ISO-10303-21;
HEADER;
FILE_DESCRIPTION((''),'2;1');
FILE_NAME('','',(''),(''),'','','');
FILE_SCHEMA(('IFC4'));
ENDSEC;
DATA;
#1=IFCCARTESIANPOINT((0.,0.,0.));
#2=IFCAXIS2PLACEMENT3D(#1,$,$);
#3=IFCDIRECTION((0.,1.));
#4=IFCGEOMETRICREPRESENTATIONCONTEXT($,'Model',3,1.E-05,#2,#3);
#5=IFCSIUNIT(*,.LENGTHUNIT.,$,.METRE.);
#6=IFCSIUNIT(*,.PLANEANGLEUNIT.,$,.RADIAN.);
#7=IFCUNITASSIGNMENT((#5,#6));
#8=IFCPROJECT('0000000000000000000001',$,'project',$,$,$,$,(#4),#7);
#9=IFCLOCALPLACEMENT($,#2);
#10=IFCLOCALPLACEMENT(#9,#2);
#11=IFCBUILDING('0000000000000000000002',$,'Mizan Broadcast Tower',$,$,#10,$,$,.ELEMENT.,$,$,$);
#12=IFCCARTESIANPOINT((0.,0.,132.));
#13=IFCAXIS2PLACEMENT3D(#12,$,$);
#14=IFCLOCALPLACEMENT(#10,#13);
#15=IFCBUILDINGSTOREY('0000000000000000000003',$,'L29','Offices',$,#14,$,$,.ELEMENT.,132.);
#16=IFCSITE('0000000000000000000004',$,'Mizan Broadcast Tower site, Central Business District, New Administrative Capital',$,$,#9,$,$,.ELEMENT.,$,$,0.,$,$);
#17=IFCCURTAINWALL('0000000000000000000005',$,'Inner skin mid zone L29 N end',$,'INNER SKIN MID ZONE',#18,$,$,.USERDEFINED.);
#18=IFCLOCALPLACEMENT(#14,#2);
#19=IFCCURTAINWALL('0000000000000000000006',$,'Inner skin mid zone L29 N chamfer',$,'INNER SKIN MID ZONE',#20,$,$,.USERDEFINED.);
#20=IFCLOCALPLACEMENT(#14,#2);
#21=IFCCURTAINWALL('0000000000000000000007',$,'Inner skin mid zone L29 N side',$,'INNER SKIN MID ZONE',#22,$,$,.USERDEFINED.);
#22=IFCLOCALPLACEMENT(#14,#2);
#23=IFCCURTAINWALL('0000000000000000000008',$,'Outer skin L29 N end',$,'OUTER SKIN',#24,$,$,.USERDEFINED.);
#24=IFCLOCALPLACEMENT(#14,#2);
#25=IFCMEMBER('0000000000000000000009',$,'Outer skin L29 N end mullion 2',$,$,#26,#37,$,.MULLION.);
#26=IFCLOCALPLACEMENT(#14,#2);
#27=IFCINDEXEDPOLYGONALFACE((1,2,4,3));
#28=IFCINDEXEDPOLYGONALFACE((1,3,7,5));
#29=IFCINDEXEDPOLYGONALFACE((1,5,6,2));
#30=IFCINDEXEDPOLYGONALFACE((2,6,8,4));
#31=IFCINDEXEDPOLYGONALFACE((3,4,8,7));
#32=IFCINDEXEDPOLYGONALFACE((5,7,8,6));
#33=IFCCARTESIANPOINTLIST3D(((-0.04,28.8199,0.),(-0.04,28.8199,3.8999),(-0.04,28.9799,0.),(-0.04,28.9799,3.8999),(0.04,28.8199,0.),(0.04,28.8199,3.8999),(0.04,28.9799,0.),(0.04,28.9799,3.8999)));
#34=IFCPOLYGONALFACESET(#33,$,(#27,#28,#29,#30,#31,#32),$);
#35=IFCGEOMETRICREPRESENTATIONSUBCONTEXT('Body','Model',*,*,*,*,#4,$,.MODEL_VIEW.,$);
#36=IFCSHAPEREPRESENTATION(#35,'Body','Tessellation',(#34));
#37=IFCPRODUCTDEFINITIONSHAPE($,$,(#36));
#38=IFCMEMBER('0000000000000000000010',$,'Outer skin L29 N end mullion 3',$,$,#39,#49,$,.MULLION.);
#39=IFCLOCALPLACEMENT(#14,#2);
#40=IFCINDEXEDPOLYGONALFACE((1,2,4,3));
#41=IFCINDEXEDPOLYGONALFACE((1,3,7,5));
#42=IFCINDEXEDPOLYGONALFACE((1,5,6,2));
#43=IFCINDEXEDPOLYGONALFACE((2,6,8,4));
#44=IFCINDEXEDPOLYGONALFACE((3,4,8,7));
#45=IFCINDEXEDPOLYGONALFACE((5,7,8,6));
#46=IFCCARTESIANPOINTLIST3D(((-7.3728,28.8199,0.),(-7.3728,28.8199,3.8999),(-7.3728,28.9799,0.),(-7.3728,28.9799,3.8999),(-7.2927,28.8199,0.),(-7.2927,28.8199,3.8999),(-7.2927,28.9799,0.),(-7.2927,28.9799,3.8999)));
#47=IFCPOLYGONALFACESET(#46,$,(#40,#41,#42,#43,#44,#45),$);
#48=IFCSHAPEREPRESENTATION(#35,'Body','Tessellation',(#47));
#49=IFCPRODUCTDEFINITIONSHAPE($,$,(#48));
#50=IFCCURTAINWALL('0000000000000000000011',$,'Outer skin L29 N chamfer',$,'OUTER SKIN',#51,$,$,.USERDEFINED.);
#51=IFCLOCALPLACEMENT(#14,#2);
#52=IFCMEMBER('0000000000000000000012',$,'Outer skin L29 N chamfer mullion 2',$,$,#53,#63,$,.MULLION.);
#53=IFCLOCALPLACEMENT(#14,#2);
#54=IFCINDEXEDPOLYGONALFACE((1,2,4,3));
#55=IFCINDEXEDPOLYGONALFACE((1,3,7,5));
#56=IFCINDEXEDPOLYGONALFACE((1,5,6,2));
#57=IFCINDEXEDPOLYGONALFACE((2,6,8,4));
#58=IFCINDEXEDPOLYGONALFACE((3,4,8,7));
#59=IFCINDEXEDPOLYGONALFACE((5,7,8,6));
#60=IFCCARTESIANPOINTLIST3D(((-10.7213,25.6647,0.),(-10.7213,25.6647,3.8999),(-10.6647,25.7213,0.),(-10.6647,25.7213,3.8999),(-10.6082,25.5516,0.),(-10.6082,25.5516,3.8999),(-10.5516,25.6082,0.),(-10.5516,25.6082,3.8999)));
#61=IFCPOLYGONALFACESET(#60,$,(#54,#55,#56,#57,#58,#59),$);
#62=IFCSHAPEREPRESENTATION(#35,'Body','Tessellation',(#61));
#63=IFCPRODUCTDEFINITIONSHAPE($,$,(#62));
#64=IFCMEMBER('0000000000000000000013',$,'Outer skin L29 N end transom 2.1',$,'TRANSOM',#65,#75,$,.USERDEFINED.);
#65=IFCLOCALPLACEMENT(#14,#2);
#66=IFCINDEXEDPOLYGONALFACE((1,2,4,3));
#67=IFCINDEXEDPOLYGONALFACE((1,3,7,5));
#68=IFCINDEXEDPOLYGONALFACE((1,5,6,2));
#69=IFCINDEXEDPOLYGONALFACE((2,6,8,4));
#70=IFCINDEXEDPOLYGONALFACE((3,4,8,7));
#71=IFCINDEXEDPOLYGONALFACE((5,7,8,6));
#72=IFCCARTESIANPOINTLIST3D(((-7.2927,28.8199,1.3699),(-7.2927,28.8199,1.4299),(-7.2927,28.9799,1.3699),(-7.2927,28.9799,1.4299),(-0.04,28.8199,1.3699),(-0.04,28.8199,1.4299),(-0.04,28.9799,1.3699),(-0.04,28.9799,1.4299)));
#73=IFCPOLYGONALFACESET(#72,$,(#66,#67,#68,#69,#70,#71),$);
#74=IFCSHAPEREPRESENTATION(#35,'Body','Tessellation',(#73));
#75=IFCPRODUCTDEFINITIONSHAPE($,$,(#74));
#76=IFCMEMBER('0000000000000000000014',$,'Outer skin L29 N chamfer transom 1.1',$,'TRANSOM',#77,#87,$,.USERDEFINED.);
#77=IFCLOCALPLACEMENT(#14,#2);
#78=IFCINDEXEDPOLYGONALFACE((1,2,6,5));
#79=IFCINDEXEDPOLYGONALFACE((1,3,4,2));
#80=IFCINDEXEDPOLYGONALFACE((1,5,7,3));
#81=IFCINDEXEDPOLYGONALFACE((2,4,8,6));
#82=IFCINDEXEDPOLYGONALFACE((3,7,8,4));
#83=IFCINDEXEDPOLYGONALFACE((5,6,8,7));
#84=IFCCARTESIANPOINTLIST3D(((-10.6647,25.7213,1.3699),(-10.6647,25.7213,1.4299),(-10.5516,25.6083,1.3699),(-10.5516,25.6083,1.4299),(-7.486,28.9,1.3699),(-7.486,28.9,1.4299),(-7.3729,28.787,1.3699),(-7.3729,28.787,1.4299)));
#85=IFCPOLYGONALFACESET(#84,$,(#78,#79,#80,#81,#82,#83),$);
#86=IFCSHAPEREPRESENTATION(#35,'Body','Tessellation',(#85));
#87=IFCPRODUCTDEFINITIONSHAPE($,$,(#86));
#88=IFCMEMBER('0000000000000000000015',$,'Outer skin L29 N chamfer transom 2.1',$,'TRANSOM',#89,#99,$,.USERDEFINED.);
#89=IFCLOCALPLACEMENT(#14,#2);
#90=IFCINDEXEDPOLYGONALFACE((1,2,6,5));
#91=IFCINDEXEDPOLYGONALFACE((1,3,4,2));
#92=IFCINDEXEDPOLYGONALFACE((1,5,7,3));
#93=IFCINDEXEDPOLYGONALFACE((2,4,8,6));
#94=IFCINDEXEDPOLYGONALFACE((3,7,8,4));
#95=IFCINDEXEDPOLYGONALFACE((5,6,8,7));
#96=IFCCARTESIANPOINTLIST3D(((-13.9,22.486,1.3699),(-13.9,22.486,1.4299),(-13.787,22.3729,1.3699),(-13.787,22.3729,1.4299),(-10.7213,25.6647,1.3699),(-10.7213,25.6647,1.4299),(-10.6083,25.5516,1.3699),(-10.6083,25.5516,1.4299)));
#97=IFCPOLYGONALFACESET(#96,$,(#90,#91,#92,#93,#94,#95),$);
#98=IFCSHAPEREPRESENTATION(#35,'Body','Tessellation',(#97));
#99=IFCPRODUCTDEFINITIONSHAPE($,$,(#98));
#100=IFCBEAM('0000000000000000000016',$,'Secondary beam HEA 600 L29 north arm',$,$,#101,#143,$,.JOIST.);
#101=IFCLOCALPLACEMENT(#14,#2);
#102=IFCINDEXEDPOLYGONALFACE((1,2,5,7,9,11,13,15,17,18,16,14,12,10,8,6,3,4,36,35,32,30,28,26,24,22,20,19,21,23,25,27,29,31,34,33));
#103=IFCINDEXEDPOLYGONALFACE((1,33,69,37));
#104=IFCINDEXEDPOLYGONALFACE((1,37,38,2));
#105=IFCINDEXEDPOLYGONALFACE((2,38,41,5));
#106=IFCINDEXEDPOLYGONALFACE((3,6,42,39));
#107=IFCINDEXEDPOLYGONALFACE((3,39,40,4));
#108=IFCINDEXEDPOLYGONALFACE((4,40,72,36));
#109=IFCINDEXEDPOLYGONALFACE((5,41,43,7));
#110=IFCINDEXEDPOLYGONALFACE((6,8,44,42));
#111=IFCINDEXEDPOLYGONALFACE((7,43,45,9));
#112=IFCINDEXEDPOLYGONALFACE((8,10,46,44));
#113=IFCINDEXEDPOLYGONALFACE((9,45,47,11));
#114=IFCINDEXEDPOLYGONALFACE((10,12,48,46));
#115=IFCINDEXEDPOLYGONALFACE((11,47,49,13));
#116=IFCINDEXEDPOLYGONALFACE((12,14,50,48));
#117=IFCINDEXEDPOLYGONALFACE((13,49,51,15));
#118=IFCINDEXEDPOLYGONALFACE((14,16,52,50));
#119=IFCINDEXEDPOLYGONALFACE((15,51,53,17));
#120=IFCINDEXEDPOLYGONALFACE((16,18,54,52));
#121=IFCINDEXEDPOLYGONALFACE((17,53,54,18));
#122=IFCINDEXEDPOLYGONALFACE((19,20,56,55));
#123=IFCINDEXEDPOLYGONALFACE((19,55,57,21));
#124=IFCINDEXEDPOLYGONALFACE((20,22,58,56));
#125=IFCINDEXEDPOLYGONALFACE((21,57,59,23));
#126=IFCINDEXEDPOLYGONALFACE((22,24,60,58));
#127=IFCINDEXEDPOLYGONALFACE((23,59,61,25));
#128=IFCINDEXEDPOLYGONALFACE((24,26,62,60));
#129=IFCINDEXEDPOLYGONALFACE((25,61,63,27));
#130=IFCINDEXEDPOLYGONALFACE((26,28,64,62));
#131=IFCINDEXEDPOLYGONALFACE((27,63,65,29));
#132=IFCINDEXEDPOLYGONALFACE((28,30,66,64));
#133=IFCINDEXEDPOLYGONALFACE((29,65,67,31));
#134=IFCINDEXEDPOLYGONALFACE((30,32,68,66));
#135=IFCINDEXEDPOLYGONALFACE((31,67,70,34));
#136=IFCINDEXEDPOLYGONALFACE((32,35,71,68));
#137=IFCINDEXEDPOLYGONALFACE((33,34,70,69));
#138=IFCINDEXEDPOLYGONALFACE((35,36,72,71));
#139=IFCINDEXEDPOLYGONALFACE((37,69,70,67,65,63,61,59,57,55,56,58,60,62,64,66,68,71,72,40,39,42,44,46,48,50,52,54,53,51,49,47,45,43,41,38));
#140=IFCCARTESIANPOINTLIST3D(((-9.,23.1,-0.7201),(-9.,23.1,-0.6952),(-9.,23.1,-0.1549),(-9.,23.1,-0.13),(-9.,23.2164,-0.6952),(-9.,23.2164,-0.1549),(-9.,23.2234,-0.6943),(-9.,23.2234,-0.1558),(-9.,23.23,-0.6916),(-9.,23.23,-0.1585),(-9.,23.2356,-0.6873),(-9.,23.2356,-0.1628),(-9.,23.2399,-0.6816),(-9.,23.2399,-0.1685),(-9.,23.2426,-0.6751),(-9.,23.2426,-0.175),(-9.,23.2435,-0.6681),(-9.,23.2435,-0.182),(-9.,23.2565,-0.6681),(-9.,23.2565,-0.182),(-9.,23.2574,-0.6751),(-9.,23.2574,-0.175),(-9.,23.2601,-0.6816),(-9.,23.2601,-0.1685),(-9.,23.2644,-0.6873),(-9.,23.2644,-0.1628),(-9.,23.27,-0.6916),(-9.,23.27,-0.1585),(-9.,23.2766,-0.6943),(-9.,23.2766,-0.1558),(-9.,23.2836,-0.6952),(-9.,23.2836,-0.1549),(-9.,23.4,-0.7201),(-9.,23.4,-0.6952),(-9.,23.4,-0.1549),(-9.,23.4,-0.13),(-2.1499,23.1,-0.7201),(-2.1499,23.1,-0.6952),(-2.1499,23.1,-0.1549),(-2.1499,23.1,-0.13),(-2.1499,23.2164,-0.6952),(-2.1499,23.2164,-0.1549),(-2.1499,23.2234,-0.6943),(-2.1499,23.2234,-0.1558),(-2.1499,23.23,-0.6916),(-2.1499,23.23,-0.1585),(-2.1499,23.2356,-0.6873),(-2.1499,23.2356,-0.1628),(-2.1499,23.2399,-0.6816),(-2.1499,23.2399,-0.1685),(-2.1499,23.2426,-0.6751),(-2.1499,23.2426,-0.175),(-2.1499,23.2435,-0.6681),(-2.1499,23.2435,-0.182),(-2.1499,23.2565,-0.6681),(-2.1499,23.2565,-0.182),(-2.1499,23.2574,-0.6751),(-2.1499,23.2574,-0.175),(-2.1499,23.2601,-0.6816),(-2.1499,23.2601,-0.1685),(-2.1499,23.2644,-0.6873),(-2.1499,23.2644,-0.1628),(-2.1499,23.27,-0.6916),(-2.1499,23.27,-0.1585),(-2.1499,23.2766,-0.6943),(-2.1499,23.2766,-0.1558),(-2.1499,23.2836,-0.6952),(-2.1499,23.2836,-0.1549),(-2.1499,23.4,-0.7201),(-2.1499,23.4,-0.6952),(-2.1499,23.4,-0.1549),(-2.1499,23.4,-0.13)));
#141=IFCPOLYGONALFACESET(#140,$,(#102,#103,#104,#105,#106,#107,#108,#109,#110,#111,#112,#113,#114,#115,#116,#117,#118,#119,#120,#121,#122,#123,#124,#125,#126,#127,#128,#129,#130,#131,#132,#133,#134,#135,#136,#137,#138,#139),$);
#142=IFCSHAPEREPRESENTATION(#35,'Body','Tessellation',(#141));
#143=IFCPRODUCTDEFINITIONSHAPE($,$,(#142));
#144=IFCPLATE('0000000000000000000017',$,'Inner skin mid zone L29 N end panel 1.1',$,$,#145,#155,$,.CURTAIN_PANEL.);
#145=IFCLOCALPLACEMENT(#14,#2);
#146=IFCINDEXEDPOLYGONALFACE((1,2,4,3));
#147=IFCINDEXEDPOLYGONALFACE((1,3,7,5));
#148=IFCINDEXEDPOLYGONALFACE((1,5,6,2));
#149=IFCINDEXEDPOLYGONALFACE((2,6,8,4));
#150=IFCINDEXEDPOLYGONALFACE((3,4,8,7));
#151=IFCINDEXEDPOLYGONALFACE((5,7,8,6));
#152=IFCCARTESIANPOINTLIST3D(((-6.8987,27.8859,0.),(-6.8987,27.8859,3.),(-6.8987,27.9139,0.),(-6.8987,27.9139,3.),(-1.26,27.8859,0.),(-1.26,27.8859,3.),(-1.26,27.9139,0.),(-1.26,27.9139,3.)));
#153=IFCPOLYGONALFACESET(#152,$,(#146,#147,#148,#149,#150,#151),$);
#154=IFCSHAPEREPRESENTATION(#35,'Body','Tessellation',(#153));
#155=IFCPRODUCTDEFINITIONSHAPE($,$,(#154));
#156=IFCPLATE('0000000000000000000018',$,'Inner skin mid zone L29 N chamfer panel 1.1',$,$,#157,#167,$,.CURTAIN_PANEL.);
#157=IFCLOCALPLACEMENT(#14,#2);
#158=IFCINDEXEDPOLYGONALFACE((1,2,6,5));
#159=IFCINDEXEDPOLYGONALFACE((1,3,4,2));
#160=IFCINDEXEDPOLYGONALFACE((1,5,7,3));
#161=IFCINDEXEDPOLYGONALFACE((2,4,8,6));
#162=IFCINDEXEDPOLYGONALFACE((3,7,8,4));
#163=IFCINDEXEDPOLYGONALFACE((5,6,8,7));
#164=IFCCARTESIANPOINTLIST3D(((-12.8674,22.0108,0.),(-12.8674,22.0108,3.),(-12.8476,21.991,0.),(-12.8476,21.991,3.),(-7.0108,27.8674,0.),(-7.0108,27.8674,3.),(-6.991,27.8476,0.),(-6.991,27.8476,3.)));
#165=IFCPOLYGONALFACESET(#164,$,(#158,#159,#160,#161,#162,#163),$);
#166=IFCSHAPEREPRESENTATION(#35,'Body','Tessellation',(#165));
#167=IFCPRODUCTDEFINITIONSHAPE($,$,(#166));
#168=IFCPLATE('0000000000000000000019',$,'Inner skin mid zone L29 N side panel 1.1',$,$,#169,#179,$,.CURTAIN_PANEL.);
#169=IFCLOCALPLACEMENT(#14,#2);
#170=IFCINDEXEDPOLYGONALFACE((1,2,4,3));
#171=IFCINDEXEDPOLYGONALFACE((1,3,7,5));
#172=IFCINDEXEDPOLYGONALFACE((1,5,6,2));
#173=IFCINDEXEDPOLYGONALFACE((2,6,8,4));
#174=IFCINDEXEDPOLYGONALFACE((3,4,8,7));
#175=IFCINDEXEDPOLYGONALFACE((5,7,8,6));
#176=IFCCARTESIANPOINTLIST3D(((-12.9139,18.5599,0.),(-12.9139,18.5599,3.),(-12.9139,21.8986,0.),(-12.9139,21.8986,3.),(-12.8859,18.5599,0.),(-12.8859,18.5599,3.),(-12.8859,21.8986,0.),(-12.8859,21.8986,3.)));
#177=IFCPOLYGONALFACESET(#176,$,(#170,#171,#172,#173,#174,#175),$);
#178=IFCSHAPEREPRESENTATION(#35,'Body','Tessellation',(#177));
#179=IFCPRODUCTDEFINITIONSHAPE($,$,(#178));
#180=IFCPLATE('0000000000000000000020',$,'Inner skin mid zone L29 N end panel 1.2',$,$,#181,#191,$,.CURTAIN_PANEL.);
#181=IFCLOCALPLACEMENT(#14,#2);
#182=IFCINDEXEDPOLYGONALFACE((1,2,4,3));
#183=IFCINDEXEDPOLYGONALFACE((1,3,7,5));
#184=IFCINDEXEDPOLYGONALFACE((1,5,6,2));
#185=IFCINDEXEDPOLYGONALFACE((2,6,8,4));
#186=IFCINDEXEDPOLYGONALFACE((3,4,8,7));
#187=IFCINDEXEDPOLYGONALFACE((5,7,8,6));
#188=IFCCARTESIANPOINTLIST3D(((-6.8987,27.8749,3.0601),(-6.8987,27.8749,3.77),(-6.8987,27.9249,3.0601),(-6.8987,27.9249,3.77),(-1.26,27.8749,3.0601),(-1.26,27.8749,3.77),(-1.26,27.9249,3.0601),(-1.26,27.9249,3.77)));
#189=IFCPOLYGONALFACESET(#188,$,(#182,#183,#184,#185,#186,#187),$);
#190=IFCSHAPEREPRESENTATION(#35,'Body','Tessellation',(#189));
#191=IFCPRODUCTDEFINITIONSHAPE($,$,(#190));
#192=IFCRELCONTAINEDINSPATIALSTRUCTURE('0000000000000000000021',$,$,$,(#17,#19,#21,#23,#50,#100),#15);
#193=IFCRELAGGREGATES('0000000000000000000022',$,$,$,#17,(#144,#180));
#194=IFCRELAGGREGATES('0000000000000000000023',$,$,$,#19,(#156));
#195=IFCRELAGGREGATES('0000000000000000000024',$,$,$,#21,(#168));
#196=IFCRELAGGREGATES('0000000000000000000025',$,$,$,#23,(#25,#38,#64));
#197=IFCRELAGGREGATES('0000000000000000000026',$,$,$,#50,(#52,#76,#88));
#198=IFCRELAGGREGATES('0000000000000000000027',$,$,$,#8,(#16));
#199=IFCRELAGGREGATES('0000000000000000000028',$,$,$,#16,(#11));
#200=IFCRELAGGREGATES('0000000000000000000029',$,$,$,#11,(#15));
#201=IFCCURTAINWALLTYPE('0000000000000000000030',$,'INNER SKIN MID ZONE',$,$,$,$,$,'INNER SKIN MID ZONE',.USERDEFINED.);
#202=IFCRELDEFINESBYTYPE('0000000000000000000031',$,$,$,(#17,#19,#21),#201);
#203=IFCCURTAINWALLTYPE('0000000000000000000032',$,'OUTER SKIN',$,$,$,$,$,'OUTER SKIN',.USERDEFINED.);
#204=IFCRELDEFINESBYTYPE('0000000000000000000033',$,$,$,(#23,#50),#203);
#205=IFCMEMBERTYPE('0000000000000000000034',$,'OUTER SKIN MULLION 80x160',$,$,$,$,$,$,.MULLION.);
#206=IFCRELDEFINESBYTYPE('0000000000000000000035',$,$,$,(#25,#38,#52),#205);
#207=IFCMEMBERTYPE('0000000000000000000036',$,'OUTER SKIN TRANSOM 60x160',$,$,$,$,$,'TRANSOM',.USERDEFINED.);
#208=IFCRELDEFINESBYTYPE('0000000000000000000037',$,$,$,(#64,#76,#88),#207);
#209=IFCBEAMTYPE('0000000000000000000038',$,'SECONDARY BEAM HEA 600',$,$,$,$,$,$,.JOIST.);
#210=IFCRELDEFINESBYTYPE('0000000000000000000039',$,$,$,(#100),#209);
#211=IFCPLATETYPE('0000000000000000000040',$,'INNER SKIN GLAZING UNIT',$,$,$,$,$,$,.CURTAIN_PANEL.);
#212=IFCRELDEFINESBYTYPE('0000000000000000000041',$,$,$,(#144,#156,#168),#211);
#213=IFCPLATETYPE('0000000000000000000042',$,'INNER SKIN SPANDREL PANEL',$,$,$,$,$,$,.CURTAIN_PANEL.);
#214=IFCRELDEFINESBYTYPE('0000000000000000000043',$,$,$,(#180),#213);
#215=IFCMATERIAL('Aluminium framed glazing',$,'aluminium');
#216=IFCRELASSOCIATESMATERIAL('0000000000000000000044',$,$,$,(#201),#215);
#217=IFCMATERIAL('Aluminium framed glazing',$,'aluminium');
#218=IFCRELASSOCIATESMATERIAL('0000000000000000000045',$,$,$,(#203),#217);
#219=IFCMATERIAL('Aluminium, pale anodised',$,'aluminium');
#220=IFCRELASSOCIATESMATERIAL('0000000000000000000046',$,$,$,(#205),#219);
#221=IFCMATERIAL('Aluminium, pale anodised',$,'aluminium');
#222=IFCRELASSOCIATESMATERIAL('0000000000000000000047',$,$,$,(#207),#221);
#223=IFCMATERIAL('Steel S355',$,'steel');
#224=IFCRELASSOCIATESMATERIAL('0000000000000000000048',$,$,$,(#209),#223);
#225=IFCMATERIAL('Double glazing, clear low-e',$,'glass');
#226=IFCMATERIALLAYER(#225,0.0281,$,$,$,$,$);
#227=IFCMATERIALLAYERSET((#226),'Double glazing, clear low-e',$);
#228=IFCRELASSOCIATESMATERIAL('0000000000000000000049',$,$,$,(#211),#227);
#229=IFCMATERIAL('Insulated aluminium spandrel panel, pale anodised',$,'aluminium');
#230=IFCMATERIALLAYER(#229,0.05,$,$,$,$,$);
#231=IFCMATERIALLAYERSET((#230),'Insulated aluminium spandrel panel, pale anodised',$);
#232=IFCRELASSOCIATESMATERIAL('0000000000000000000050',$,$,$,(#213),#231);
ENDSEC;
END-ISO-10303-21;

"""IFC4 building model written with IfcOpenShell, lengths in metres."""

from ifc_helpers import new_model, si_unit, direction, frame, origin, origin_2d, place, context, subcontext, project, spatial, rectangle, i_section, extrude, material, layer, layer_set, material_profile, profile_set, type_object, element, aggregate, save


model = new_model("IFC4")

# Units and contexts
model_context = context("Model", 3, precision=1e-05, world=origin(), true_north=direction((0.0, 1.0)))
body_context = subcontext(model_context, "Body", "Model", "MODEL_VIEW")
ifc_project = project(units=[si_unit("LENGTHUNIT", "METRE"), si_unit("PLANEANGLEUNIT", "RADIAN")], contexts=[model_context])

# Site, building, storey
site_placement = place(None, origin())
site = spatial("IfcSite", under=ifc_project, at=site_placement, Name="Mizan Broadcast Tower site, Central Business District, New Administrative Capital", CompositionType="ELEMENT", RefElevation=0.0)
building_placement = place(site_placement, origin())
building = spatial("IfcBuilding", under=site, at=building_placement, Name="Mizan Broadcast Tower", CompositionType="ELEMENT")
storey_placement = place(building_placement, frame((0.0, 0.0, 132.0)))
storey = spatial("IfcBuildingStorey", under=building, at=storey_placement, Name="L29", Description="Offices", CompositionType="ELEMENT", Elevation=132.0)

# Curtain wall
ifc_material_1 = material(Name="Aluminium framed glazing", Category="aluminium")
curtain_wall_type_1 = type_object("IfcCurtainWallType", Name="INNER SKIN MID ZONE", ElementType="INNER SKIN MID ZONE", PredefinedType="USERDEFINED", material=ifc_material_1)
curtain_wall_1_placement = place(storey_placement, origin())
curtain_wall_1 = element("IfcCurtainWall", 1, at=curtain_wall_1_placement, inside=storey, type_object=curtain_wall_type_1, Name="Inner skin mid zone L29 N end", ObjectType="INNER SKIN MID ZONE", PredefinedType="USERDEFINED")

# Curtain wall
curtain_wall_2_placement = place(storey_placement, origin())
curtain_wall_2 = element("IfcCurtainWall", 2, at=curtain_wall_2_placement, inside=storey, type_object=curtain_wall_type_1, Name="Inner skin mid zone L29 N chamfer", ObjectType="INNER SKIN MID ZONE", PredefinedType="USERDEFINED")

# Curtain wall
curtain_wall_3_placement = place(storey_placement, origin())
curtain_wall_3 = element("IfcCurtainWall", 3, at=curtain_wall_3_placement, inside=storey, type_object=curtain_wall_type_1, Name="Inner skin mid zone L29 N side", ObjectType="INNER SKIN MID ZONE", PredefinedType="USERDEFINED")

# Curtain wall, members
ifc_material_2 = material(Name="Aluminium framed glazing", Category="aluminium")
curtain_wall_type_2 = type_object("IfcCurtainWallType", Name="OUTER SKIN", ElementType="OUTER SKIN", PredefinedType="USERDEFINED", material=ifc_material_2)
curtain_wall_4_placement = place(storey_placement, origin())
curtain_wall_4 = element("IfcCurtainWall", 4, at=curtain_wall_4_placement, inside=storey, type_object=curtain_wall_type_2, Name="Outer skin L29 N end", ObjectType="OUTER SKIN", PredefinedType="USERDEFINED")
ifc_material_3 = material(Name="Aluminium, pale anodised", Category="aluminium")
ifc_material_profile_1 = material_profile(ifc_material_3, rectangle(XDim=0.1599, YDim=0.0801, at=origin_2d()), Name="MULLION 160x80")
ifc_profile_set_1 = profile_set([ifc_material_profile_1], Name="Aluminium, pale anodised")
member_type_1 = type_object("IfcMemberType", Name="OUTER SKIN MULLION 80x160", PredefinedType="MULLION", material=ifc_profile_set_1)
member_1_placement = place(storey_placement, frame((0.0, 28.8999, 0.0), z_axis=(0.0, 0.0, 1.0), x_axis=(0.0, -1.0, 0.0)))
member_1 = element("IfcMember", 5, at=member_1_placement, type_object=member_type_1, Name="Outer skin L29 N end mullion 2", PredefinedType="MULLION", context=body_context, shape_type="SweptSolid", body=[
    extrude(rectangle(XDim=0.1599, YDim=0.0801, at=origin_2d()), origin(), (0.0, 0.0, 1.0), 3.8999),
])
member_2_placement = place(storey_placement, frame((-7.3328, 28.8999, 0.0), z_axis=(0.0, 0.0, 1.0), x_axis=(0.0, -1.0, 0.0)))
member_2 = element("IfcMember", 6, at=member_2_placement, type_object=member_type_1, Name="Outer skin L29 N end mullion 3", PredefinedType="MULLION", context=body_context, shape_type="SweptSolid", body=[
    extrude(rectangle(XDim=0.1599, YDim=0.0801, at=origin_2d()), origin(), (0.0, 0.0, 1.0), 3.8999),
])

# Curtain wall, member
curtain_wall_5_placement = place(storey_placement, origin())
curtain_wall_5 = element("IfcCurtainWall", 7, at=curtain_wall_5_placement, inside=storey, type_object=curtain_wall_type_2, Name="Outer skin L29 N chamfer", ObjectType="OUTER SKIN", PredefinedType="USERDEFINED")
member_3_placement = place(storey_placement, frame((-10.6365, 25.6365, 0.0), z_axis=(0.0, 0.0, 1.0), x_axis=(0.707107, -0.707107, 0.0)))
member_3 = element("IfcMember", 8, at=member_3_placement, type_object=member_type_1, Name="Outer skin L29 N chamfer mullion 2", PredefinedType="MULLION", context=body_context, shape_type="SweptSolid", body=[
    extrude(rectangle(XDim=0.1599, YDim=0.0801, at=origin_2d()), origin(), (0.0, 0.0, 1.0), 3.8999),
])

# Members
ifc_material_4 = material(Name="Aluminium, pale anodised", Category="aluminium")
ifc_material_profile_2 = material_profile(ifc_material_4, rectangle(XDim=0.1599, YDim=0.0601, at=origin_2d()), Name="TRANSOM 160x60")
ifc_profile_set_2 = profile_set([ifc_material_profile_2], Name="Aluminium, pale anodised")
member_type_2 = type_object("IfcMemberType", Name="OUTER SKIN TRANSOM 60x160", ElementType="TRANSOM", PredefinedType="USERDEFINED", material=ifc_profile_set_2)
member_4_placement = place(storey_placement, frame((-0.04, 28.8999, 1.3999), z_axis=(-1.0, 0.0, 0.0), x_axis=(0.0, -1.0, 0.0)))
member_4 = element("IfcMember", 9, at=member_4_placement, type_object=member_type_2, Name="Outer skin L29 N end transom 2.1", ObjectType="TRANSOM", PredefinedType="USERDEFINED", context=body_context, shape_type="SweptSolid", body=[
    extrude(rectangle(XDim=0.1599, YDim=0.0601, at=origin_2d()), origin(), (0.0, 0.0, 1.0), 7.2527),
])
member_5_placement = place(storey_placement, frame((-7.4294, 28.8435, 1.3999), z_axis=(-0.707107, -0.707107, 0.0), x_axis=(0.707107, -0.707107, 0.0)))
member_5 = element("IfcMember", 10, at=member_5_placement, type_object=member_type_2, Name="Outer skin L29 N chamfer transom 1.1", ObjectType="TRANSOM", PredefinedType="USERDEFINED", context=body_context, shape_type="SweptSolid", body=[
    extrude(rectangle(XDim=0.1599, YDim=0.0601, at=origin_2d()), origin(), (0.0, 0.0, 1.0), 4.4954),
])
member_6_placement = place(storey_placement, frame((-10.6648, 25.6082, 1.3999), z_axis=(-0.707107, -0.707107, 0.0), x_axis=(0.707107, -0.707107, 0.0)))
member_6 = element("IfcMember", 11, at=member_6_placement, type_object=member_type_2, Name="Outer skin L29 N chamfer transom 2.1", ObjectType="TRANSOM", PredefinedType="USERDEFINED", context=body_context, shape_type="SweptSolid", body=[
    extrude(rectangle(XDim=0.1599, YDim=0.0601, at=origin_2d()), origin(), (0.0, 0.0, 1.0), 4.4954),
])

# Beam
ifc_material_5 = material(Name="Steel S355", Category="steel")
ifc_material_profile_3 = material_profile(ifc_material_5, i_section(OverallWidth=0.3, OverallDepth=0.5901, WebThickness=0.0129, FlangeThickness=0.0249, FilletRadius=0.0271, at=origin_2d()), Name="HEA 600")
ifc_profile_set_3 = profile_set([ifc_material_profile_3], Name="Steel S355")
beam_type_1 = type_object("IfcBeamType", Name="SECONDARY BEAM HEA 600", PredefinedType="JOIST", material=ifc_profile_set_3)
beam_1_placement = place(storey_placement, frame((-9.0, 23.25, -0.425), z_axis=(1.0, 0.0, 0.0), x_axis=(0.0, 1.0, 0.0)))
element("IfcBeam", 12, at=beam_1_placement, inside=storey, type_object=beam_type_1, Name="Secondary beam HEA 600 L29 north arm", PredefinedType="JOIST", context=body_context, shape_type="SweptSolid", body=[
    extrude(i_section(OverallWidth=0.3, OverallDepth=0.5901, WebThickness=0.0129, FlangeThickness=0.0249, FilletRadius=0.0271, at=origin_2d()), origin(), (0.0, 0.0, 1.0), 6.8501),
])

# Plates
ifc_material_6 = material(Name="Double glazing, clear low-e", Category="glass")
ifc_layer_1 = layer(ifc_material_6, 0.0281)
ifc_layer_set_1 = layer_set([ifc_layer_1], Name="Double glazing, clear low-e")
plate_type_1 = type_object("IfcPlateType", Name="INNER SKIN GLAZING UNIT", PredefinedType="CURTAIN_PANEL", material=ifc_layer_set_1)
plate_1_placement = place(storey_placement, frame((-4.0793, 27.8999, 0.0), z_axis=(0.0, 0.0, 1.0), x_axis=(-1.0, 0.0, 0.0)))
plate_1 = element("IfcPlate", 13, at=plate_1_placement, type_object=plate_type_1, Name="Inner skin mid zone L29 N end panel 1.1", PredefinedType="CURTAIN_PANEL", context=body_context, shape_type="SweptSolid", body=[
    extrude(rectangle(XDim=5.6387, YDim=0.0281, at=origin_2d()), origin(), (0.0, 0.0, 1.0), 3.0),
])
plate_2_placement = place(storey_placement, frame((-9.9292, 24.9292, 0.0), z_axis=(0.0, 0.0, 1.0), x_axis=(-0.707107, -0.707107, 0.0)))
plate_2 = element("IfcPlate", 14, at=plate_2_placement, type_object=plate_type_1, Name="Inner skin mid zone L29 N chamfer panel 1.1", PredefinedType="CURTAIN_PANEL", context=body_context, shape_type="SweptSolid", body=[
    extrude(rectangle(XDim=8.2825, YDim=0.0281, at=origin_2d()), origin(), (0.0, 0.0, 1.0), 3.0),
])
plate_3_placement = place(storey_placement, frame((-12.8999, 20.2292, 0.0), z_axis=(0.0, 0.0, 1.0), x_axis=(0.0, -1.0, 0.0)))
plate_3 = element("IfcPlate", 15, at=plate_3_placement, type_object=plate_type_1, Name="Inner skin mid zone L29 N side panel 1.1", PredefinedType="CURTAIN_PANEL", context=body_context, shape_type="SweptSolid", body=[
    extrude(rectangle(XDim=3.3386, YDim=0.0281, at=origin_2d()), origin(), (0.0, 0.0, 1.0), 3.0),
])
ifc_material_7 = material(Name="Insulated aluminium spandrel panel, pale anodised", Category="aluminium")
ifc_layer_2 = layer(ifc_material_7, 0.05)
ifc_layer_set_2 = layer_set([ifc_layer_2], Name="Insulated aluminium spandrel panel, pale anodised")
plate_type_2 = type_object("IfcPlateType", Name="INNER SKIN SPANDREL PANEL", PredefinedType="CURTAIN_PANEL", material=ifc_layer_set_2)
plate_4_placement = place(storey_placement, frame((-4.0793, 27.8999, 3.0601), z_axis=(0.0, 0.0, 1.0), x_axis=(-1.0, 0.0, 0.0)))
plate_4 = element("IfcPlate", 16, at=plate_4_placement, type_object=plate_type_2, Name="Inner skin mid zone L29 N end panel 1.2", PredefinedType="CURTAIN_PANEL", context=body_context, shape_type="SweptSolid", body=[
    extrude(rectangle(XDim=5.6387, YDim=0.05, at=origin_2d()), origin(), (0.0, 0.0, 1.0), 0.71),
])
aggregate(curtain_wall_1, [plate_1, plate_4])
aggregate(curtain_wall_2, [plate_2])
aggregate(curtain_wall_3, [plate_3])
aggregate(curtain_wall_4, [member_1, member_2, member_4])
aggregate(curtain_wall_5, [member_3, member_5, member_6])

save(model, "model.ifc")
